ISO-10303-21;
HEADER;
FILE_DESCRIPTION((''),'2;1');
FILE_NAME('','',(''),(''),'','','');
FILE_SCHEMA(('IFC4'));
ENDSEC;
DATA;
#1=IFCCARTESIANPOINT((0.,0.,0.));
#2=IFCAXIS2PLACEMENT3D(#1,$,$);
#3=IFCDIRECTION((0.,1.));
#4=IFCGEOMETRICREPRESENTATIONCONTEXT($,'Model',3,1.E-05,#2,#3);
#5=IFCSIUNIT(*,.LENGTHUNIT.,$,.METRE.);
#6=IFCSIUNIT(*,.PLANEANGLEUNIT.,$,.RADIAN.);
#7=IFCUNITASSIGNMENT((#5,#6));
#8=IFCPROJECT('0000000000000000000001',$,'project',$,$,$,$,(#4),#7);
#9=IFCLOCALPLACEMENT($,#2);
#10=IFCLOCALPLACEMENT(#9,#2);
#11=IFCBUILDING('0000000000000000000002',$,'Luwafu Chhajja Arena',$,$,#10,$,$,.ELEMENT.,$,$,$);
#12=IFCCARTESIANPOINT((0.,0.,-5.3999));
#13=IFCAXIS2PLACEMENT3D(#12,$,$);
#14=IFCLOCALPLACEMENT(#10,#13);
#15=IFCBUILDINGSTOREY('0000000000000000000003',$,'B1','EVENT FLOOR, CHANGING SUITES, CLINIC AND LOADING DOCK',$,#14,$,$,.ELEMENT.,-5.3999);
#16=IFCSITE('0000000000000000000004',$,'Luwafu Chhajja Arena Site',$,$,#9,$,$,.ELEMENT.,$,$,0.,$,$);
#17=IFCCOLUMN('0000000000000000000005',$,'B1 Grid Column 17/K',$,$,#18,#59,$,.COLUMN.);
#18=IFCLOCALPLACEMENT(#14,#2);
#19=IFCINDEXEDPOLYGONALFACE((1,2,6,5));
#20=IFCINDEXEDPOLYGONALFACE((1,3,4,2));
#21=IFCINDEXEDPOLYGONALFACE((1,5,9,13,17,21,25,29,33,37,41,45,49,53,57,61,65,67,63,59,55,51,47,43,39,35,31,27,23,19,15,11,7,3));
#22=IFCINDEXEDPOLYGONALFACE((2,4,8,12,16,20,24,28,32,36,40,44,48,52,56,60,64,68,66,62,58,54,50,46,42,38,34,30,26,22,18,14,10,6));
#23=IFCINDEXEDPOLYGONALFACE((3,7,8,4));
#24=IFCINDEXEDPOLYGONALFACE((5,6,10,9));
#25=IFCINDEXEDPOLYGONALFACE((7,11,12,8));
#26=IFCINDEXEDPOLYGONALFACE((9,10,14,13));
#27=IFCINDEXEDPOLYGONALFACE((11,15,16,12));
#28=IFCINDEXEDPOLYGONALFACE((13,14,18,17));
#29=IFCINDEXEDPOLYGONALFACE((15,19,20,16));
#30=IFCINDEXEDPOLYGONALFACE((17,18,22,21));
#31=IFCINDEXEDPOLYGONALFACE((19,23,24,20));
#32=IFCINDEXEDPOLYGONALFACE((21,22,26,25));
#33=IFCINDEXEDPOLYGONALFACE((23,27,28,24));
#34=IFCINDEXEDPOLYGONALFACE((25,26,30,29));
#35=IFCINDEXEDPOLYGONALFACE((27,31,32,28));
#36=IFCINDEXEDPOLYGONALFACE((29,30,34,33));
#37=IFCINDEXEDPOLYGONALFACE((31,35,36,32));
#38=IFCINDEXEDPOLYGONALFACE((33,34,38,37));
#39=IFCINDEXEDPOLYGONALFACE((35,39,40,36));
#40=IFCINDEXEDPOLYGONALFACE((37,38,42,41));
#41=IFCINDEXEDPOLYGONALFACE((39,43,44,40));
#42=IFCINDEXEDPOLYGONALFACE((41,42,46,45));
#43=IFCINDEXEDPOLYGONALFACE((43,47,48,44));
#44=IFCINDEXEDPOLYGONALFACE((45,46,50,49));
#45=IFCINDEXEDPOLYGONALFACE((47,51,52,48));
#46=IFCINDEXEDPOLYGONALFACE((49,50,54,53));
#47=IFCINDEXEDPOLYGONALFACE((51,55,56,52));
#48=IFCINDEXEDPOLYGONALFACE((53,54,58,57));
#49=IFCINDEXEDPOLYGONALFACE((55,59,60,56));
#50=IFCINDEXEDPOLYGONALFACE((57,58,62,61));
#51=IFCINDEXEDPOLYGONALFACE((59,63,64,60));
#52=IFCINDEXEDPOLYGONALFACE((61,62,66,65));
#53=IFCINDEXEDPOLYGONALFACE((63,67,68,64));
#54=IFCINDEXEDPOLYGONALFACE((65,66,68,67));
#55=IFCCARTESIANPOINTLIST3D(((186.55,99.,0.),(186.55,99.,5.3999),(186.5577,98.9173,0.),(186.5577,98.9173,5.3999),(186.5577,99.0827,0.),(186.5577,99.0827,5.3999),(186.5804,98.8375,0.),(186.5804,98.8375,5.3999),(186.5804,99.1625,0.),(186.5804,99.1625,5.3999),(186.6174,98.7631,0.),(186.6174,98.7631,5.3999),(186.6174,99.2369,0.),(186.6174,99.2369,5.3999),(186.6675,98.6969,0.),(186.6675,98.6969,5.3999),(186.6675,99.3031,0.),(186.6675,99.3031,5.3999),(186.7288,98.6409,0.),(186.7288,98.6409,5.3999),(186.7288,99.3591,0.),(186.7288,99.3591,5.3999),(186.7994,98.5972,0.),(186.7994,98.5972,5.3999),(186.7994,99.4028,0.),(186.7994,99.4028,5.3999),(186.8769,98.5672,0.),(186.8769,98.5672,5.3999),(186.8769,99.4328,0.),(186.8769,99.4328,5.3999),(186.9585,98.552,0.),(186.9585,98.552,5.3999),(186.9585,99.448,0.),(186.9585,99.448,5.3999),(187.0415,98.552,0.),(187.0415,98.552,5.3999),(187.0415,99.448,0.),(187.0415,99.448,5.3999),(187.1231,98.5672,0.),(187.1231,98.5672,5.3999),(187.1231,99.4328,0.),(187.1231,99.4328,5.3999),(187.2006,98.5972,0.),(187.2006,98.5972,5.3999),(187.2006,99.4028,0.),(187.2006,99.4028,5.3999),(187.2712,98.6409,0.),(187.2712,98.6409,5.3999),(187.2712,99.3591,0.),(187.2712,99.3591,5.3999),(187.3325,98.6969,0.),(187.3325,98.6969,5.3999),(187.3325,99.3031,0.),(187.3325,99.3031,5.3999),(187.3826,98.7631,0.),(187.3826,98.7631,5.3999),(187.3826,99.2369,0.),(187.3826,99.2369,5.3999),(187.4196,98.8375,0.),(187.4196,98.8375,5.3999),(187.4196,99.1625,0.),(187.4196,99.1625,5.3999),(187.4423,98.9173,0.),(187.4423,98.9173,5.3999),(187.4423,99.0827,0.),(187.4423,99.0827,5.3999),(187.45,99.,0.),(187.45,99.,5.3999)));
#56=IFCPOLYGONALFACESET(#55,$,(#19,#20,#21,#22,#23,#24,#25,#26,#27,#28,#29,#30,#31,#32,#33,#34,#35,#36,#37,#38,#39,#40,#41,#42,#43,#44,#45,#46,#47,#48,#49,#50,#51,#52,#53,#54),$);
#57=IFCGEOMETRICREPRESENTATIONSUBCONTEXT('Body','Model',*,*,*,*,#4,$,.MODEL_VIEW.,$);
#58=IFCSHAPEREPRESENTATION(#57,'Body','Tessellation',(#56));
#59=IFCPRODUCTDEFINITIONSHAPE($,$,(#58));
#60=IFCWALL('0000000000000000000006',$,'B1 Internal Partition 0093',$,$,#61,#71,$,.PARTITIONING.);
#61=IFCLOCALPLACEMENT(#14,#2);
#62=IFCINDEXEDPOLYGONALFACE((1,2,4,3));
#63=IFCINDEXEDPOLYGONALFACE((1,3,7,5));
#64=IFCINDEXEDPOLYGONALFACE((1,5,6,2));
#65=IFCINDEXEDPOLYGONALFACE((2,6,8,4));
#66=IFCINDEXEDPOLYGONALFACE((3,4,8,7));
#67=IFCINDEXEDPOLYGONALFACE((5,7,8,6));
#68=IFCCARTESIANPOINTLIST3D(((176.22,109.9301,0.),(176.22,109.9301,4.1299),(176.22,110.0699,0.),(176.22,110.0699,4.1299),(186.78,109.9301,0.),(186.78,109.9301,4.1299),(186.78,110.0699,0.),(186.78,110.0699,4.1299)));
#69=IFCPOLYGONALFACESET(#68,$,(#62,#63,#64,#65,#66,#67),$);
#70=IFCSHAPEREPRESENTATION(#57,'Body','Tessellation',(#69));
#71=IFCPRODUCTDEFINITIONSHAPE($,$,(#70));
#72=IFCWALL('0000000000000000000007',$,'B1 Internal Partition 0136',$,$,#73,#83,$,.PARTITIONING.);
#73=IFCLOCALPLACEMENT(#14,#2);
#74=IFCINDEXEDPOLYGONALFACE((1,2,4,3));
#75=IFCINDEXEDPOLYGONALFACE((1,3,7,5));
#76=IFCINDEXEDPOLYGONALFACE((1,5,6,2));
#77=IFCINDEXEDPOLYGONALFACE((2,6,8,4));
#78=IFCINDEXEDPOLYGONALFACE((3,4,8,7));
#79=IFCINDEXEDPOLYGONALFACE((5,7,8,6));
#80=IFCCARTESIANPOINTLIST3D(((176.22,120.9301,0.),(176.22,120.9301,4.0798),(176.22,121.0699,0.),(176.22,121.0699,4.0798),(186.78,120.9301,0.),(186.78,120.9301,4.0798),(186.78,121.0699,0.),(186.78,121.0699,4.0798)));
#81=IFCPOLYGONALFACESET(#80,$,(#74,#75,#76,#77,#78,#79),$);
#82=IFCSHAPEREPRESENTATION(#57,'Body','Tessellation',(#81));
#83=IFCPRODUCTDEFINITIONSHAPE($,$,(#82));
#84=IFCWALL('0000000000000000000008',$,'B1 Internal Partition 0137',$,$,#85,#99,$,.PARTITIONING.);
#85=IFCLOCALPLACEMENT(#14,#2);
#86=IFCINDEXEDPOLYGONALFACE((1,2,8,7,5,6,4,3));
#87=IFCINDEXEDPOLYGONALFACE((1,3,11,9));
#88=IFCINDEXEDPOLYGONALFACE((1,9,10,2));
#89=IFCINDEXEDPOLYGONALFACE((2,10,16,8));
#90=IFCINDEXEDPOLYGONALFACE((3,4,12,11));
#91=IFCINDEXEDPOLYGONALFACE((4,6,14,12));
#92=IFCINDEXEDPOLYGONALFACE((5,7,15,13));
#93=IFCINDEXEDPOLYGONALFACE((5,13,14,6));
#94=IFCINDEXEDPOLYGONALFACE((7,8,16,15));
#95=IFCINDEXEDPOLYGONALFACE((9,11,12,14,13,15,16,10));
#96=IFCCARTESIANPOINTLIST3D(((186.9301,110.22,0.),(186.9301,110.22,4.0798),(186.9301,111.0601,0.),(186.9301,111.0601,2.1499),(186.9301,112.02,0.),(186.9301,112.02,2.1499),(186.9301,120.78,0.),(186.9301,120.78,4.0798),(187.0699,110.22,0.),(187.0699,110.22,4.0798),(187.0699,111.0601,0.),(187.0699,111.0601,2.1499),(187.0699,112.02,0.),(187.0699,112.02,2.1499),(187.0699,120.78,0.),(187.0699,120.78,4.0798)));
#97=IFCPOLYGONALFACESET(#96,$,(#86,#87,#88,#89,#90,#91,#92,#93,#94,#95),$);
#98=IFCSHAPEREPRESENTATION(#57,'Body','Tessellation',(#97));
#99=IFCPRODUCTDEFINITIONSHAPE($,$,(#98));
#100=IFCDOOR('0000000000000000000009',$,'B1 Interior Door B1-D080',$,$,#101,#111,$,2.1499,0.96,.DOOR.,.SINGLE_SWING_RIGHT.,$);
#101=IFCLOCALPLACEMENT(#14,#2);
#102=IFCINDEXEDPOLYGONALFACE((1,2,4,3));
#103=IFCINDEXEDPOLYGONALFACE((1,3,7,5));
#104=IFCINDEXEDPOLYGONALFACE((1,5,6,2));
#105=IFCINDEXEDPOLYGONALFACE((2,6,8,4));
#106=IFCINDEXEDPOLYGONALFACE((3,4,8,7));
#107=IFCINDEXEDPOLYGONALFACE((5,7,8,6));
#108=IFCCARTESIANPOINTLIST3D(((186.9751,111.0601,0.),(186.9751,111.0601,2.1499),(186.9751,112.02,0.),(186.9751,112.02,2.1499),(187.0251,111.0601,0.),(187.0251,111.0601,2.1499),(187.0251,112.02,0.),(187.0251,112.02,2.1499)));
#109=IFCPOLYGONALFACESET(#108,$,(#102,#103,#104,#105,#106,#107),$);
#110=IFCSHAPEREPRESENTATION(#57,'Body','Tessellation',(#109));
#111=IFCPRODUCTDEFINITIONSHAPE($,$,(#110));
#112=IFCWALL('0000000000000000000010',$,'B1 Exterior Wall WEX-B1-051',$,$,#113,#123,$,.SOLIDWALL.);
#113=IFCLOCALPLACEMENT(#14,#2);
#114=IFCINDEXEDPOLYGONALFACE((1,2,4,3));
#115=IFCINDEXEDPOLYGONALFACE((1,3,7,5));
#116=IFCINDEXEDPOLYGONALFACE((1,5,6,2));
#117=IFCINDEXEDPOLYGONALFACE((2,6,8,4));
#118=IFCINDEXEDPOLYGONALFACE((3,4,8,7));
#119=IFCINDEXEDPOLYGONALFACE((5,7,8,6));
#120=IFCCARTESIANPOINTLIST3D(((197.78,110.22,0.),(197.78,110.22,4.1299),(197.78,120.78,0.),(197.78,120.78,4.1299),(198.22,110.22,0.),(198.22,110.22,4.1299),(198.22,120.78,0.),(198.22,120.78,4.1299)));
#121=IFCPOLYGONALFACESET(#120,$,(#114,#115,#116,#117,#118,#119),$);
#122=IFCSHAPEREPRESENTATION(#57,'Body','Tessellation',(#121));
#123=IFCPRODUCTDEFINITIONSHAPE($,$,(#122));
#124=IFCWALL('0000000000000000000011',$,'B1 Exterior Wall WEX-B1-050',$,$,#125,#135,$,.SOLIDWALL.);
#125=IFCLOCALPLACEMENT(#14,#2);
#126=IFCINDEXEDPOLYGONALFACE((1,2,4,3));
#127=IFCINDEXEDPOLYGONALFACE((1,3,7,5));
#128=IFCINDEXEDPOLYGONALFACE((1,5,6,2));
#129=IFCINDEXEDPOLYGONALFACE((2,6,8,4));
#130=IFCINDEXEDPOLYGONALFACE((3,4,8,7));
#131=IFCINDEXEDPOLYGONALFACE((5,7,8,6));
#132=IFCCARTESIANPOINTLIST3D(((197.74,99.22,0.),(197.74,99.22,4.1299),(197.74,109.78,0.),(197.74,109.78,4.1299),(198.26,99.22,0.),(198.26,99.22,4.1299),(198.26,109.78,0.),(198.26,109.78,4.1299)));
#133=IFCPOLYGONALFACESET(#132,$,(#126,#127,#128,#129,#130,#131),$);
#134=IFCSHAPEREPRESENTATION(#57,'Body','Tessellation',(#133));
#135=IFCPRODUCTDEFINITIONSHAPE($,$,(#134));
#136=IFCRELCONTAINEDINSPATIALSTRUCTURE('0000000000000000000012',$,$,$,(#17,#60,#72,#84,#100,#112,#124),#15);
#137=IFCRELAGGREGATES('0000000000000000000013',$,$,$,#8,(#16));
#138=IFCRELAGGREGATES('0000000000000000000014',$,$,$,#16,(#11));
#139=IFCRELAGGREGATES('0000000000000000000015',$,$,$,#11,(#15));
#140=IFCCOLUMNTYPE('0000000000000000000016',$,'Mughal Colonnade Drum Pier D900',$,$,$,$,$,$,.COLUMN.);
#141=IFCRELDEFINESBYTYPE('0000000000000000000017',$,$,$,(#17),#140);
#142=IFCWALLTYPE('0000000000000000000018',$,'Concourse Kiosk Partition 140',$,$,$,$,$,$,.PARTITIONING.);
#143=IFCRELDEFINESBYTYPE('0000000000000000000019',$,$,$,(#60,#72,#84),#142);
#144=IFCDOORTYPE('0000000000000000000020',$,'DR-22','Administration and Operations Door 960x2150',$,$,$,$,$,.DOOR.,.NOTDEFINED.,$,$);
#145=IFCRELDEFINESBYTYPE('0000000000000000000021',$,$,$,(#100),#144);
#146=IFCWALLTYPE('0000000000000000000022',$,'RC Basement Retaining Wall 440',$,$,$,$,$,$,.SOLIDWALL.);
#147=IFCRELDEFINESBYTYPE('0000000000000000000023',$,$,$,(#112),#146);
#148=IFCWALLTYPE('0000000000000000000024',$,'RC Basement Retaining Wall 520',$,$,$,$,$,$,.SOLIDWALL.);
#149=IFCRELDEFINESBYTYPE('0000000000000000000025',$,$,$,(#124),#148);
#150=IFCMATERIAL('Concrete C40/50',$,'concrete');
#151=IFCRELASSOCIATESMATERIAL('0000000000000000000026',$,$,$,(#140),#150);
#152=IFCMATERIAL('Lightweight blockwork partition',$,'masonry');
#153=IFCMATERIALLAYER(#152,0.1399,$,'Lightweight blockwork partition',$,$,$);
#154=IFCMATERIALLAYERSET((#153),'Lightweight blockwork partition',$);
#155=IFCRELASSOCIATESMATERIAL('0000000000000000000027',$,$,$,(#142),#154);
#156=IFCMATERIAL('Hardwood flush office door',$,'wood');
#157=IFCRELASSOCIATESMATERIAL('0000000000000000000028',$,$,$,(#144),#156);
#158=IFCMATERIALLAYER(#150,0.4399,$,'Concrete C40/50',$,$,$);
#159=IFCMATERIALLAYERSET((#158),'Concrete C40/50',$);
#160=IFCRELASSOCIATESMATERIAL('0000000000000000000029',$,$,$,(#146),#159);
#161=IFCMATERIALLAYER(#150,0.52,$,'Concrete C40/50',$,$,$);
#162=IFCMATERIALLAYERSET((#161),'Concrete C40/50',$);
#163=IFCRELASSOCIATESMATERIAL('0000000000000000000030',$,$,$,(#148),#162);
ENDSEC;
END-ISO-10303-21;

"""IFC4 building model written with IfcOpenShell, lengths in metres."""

from ifc_helpers import new_model, si_unit, direction, frame, frame_2d, origin, origin_2d, place, context, subcontext, project, spatial, rectangle, circle, extrude, material, layer, layer_set, material_profile, profile_set, type_object, element, fill, save


model = new_model("IFC4")

# Units and contexts
model_context = context("Model", 3, precision=1e-05, world=origin(), true_north=direction((0.0, 1.0)))
body_context = subcontext(model_context, "Body", "Model", "MODEL_VIEW")
ifc_project = project(units=[si_unit("LENGTHUNIT", "METRE"), si_unit("PLANEANGLEUNIT", "RADIAN")], contexts=[model_context])

# Site, building, storey
site_placement = place(None, origin())
site = spatial("IfcSite", under=ifc_project, at=site_placement, Name="Luwafu Chhajja Arena Site", CompositionType="ELEMENT", RefElevation=0.0)
building_placement = place(site_placement, origin())
building = spatial("IfcBuilding", under=site, at=building_placement, Name="Luwafu Chhajja Arena", CompositionType="ELEMENT")
storey_placement = place(building_placement, frame((0.0, 0.0, -5.3999)))
storey = spatial("IfcBuildingStorey", under=building, at=storey_placement, Name="B1", Description="EVENT FLOOR, CHANGING SUITES, CLINIC AND LOADING DOCK", CompositionType="ELEMENT", Elevation=-5.3999)

# Column
ifc_material_1 = material(Name="Concrete C40/50", Category="concrete")
ifc_material_profile_1 = material_profile(ifc_material_1, circle(Radius=0.45, at=origin_2d()), Name="RC COL D900")
ifc_profile_set_1 = profile_set([ifc_material_profile_1], Name="Concrete C40/50")
column_type_1 = type_object("IfcColumnType", Name="Mughal Colonnade Drum Pier D900", PredefinedType="COLUMN", material=ifc_profile_set_1)
column_1_placement = place(storey_placement, frame((187.0, 99.0, 0.0), z_axis=(0.0, 0.0, 1.0), x_axis=(1.0, 0.0, 0.0)))
element("IfcColumn", 1, at=column_1_placement, inside=storey, type_object=column_type_1, Name="B1 Grid Column 17/K", PredefinedType="COLUMN", context=body_context, shape_type="SweptSolid", body=[
    extrude(circle(Radius=0.45, at=origin_2d()), origin(), (0.0, 0.0, 1.0), 5.3999),
])

# Walls
ifc_material_2 = material(Name="Lightweight blockwork partition", Category="masonry")
ifc_layer_1 = layer(ifc_material_2, 0.1399, Name="Lightweight blockwork partition")
ifc_layer_set_1 = layer_set([ifc_layer_1], Name="Lightweight blockwork partition")
wall_type_1 = type_object("IfcWallType", Name="Concourse Kiosk Partition 140", PredefinedType="PARTITIONING", material=ifc_layer_set_1)
wall_1_placement = place(storey_placement, frame((176.22, 110.0, 0.0), z_axis=(0.0, 0.0, 1.0), x_axis=(1.0, 0.0, 0.0)))
element("IfcWall", 2, at=wall_1_placement, inside=storey, type_object=wall_type_1, Name="B1 Internal Partition 0093", PredefinedType="PARTITIONING", context=body_context, shape_type="SweptSolid", body=[
    extrude(rectangle(XDim=10.5601, YDim=0.1399, at=frame_2d((5.28, 0.0))), origin(), (0.0, 0.0, 1.0), 4.1299),
])
wall_2_placement = place(storey_placement, frame((176.22, 121.0, 0.0), z_axis=(0.0, 0.0, 1.0), x_axis=(1.0, 0.0, 0.0)))
element("IfcWall", 3, at=wall_2_placement, inside=storey, type_object=wall_type_1, Name="B1 Internal Partition 0136", PredefinedType="PARTITIONING", context=body_context, shape_type="SweptSolid", body=[
    extrude(rectangle(XDim=10.5601, YDim=0.1399, at=frame_2d((5.28, 0.0))), origin(), (0.0, 0.0, 1.0), 4.0798),
])

# Wall, opening, door
wall_3_placement = place(storey_placement, frame((187.0, 110.22, 0.0), z_axis=(0.0, 0.0, 1.0), x_axis=(0.0, 1.0, 0.0)))
wall_3 = element("IfcWall", 4, at=wall_3_placement, inside=storey, type_object=wall_type_1, Name="B1 Internal Partition 0137", PredefinedType="PARTITIONING", context=body_context, shape_type="SweptSolid", body=[
    extrude(rectangle(XDim=10.5601, YDim=0.1399, at=frame_2d((5.28, 0.0))), origin(), (0.0, 0.0, 1.0), 4.0798),
])
opening_placement = place(wall_3_placement, frame((0.8401, 0.0, 0.0)))
opening = element("IfcOpeningElement", 5, at=opening_placement, cuts=wall_3, PredefinedType="OPENING", context=body_context, shape_type="SweptSolid", body=[
    extrude(rectangle(XDim=0.96, YDim=2.1499, at=frame_2d((0.48, 1.075))), frame((0.0, 0.0798, 0.0), z_axis=(0.0, -1.0, 0.0), x_axis=(1.0, 0.0, 0.0)), (0.0, 0.0, 1.0), 0.1599),
])
ifc_material_3 = material(Name="Hardwood flush office door", Category="wood")
door_type = type_object("IfcDoorType", Name="DR-22", Description="Administration and Operations Door 960x2150", OperationType="NOTDEFINED", PredefinedType="DOOR", material=ifc_material_3)
door_placement = place(opening_placement, origin())
door = element("IfcDoor", 6, at=door_placement, inside=storey, type_object=door_type, Name="B1 Interior Door B1-D080", OperationType="SINGLE_SWING_RIGHT", OverallHeight=2.1499, OverallWidth=0.96, PredefinedType="DOOR", context=body_context, shape_type="SweptSolid", body=[
    extrude(rectangle(XDim=0.96, YDim=2.1499, at=frame_2d((0.48, 1.075))), frame((0.0, 0.0249, 0.0), z_axis=(0.0, -1.0, 0.0), x_axis=(1.0, 0.0, 0.0)), (0.0, 0.0, 1.0), 0.05),
])
fill(opening, door)

# Walls
ifc_layer_2 = layer(ifc_material_1, 0.4399, Name="Concrete C40/50")
ifc_layer_set_2 = layer_set([ifc_layer_2], Name="Concrete C40/50")
wall_type_2 = type_object("IfcWallType", Name="RC Basement Retaining Wall 440", PredefinedType="SOLIDWALL", material=ifc_layer_set_2)
wall_4_placement = place(storey_placement, frame((198.0, 110.22, 0.0), z_axis=(0.0, 0.0, 1.0), x_axis=(0.0, 1.0, 0.0)))
element("IfcWall", 7, at=wall_4_placement, inside=storey, type_object=wall_type_2, Name="B1 Exterior Wall WEX-B1-051", PredefinedType="SOLIDWALL", context=body_context, shape_type="SweptSolid", body=[
    extrude(rectangle(XDim=10.5601, YDim=0.4399, at=frame_2d((5.28, 0.0))), origin(), (0.0, 0.0, 1.0), 4.1299),
])
ifc_layer_3 = layer(ifc_material_1, 0.52, Name="Concrete C40/50")
ifc_layer_set_3 = layer_set([ifc_layer_3], Name="Concrete C40/50")
wall_type_3 = type_object("IfcWallType", Name="RC Basement Retaining Wall 520", PredefinedType="SOLIDWALL", material=ifc_layer_set_3)
wall_5_placement = place(storey_placement, frame((198.0, 99.22, 0.0), z_axis=(0.0, 0.0, 1.0), x_axis=(0.0, 1.0, 0.0)))
element("IfcWall", 8, at=wall_5_placement, inside=storey, type_object=wall_type_3, Name="B1 Exterior Wall WEX-B1-050", PredefinedType="SOLIDWALL", context=body_context, shape_type="SweptSolid", body=[
    extrude(rectangle(XDim=10.5601, YDim=0.52, at=frame_2d((5.28, 0.0))), origin(), (0.0, 0.0, 1.0), 4.1299),
])

save(model, "model.ifc")
